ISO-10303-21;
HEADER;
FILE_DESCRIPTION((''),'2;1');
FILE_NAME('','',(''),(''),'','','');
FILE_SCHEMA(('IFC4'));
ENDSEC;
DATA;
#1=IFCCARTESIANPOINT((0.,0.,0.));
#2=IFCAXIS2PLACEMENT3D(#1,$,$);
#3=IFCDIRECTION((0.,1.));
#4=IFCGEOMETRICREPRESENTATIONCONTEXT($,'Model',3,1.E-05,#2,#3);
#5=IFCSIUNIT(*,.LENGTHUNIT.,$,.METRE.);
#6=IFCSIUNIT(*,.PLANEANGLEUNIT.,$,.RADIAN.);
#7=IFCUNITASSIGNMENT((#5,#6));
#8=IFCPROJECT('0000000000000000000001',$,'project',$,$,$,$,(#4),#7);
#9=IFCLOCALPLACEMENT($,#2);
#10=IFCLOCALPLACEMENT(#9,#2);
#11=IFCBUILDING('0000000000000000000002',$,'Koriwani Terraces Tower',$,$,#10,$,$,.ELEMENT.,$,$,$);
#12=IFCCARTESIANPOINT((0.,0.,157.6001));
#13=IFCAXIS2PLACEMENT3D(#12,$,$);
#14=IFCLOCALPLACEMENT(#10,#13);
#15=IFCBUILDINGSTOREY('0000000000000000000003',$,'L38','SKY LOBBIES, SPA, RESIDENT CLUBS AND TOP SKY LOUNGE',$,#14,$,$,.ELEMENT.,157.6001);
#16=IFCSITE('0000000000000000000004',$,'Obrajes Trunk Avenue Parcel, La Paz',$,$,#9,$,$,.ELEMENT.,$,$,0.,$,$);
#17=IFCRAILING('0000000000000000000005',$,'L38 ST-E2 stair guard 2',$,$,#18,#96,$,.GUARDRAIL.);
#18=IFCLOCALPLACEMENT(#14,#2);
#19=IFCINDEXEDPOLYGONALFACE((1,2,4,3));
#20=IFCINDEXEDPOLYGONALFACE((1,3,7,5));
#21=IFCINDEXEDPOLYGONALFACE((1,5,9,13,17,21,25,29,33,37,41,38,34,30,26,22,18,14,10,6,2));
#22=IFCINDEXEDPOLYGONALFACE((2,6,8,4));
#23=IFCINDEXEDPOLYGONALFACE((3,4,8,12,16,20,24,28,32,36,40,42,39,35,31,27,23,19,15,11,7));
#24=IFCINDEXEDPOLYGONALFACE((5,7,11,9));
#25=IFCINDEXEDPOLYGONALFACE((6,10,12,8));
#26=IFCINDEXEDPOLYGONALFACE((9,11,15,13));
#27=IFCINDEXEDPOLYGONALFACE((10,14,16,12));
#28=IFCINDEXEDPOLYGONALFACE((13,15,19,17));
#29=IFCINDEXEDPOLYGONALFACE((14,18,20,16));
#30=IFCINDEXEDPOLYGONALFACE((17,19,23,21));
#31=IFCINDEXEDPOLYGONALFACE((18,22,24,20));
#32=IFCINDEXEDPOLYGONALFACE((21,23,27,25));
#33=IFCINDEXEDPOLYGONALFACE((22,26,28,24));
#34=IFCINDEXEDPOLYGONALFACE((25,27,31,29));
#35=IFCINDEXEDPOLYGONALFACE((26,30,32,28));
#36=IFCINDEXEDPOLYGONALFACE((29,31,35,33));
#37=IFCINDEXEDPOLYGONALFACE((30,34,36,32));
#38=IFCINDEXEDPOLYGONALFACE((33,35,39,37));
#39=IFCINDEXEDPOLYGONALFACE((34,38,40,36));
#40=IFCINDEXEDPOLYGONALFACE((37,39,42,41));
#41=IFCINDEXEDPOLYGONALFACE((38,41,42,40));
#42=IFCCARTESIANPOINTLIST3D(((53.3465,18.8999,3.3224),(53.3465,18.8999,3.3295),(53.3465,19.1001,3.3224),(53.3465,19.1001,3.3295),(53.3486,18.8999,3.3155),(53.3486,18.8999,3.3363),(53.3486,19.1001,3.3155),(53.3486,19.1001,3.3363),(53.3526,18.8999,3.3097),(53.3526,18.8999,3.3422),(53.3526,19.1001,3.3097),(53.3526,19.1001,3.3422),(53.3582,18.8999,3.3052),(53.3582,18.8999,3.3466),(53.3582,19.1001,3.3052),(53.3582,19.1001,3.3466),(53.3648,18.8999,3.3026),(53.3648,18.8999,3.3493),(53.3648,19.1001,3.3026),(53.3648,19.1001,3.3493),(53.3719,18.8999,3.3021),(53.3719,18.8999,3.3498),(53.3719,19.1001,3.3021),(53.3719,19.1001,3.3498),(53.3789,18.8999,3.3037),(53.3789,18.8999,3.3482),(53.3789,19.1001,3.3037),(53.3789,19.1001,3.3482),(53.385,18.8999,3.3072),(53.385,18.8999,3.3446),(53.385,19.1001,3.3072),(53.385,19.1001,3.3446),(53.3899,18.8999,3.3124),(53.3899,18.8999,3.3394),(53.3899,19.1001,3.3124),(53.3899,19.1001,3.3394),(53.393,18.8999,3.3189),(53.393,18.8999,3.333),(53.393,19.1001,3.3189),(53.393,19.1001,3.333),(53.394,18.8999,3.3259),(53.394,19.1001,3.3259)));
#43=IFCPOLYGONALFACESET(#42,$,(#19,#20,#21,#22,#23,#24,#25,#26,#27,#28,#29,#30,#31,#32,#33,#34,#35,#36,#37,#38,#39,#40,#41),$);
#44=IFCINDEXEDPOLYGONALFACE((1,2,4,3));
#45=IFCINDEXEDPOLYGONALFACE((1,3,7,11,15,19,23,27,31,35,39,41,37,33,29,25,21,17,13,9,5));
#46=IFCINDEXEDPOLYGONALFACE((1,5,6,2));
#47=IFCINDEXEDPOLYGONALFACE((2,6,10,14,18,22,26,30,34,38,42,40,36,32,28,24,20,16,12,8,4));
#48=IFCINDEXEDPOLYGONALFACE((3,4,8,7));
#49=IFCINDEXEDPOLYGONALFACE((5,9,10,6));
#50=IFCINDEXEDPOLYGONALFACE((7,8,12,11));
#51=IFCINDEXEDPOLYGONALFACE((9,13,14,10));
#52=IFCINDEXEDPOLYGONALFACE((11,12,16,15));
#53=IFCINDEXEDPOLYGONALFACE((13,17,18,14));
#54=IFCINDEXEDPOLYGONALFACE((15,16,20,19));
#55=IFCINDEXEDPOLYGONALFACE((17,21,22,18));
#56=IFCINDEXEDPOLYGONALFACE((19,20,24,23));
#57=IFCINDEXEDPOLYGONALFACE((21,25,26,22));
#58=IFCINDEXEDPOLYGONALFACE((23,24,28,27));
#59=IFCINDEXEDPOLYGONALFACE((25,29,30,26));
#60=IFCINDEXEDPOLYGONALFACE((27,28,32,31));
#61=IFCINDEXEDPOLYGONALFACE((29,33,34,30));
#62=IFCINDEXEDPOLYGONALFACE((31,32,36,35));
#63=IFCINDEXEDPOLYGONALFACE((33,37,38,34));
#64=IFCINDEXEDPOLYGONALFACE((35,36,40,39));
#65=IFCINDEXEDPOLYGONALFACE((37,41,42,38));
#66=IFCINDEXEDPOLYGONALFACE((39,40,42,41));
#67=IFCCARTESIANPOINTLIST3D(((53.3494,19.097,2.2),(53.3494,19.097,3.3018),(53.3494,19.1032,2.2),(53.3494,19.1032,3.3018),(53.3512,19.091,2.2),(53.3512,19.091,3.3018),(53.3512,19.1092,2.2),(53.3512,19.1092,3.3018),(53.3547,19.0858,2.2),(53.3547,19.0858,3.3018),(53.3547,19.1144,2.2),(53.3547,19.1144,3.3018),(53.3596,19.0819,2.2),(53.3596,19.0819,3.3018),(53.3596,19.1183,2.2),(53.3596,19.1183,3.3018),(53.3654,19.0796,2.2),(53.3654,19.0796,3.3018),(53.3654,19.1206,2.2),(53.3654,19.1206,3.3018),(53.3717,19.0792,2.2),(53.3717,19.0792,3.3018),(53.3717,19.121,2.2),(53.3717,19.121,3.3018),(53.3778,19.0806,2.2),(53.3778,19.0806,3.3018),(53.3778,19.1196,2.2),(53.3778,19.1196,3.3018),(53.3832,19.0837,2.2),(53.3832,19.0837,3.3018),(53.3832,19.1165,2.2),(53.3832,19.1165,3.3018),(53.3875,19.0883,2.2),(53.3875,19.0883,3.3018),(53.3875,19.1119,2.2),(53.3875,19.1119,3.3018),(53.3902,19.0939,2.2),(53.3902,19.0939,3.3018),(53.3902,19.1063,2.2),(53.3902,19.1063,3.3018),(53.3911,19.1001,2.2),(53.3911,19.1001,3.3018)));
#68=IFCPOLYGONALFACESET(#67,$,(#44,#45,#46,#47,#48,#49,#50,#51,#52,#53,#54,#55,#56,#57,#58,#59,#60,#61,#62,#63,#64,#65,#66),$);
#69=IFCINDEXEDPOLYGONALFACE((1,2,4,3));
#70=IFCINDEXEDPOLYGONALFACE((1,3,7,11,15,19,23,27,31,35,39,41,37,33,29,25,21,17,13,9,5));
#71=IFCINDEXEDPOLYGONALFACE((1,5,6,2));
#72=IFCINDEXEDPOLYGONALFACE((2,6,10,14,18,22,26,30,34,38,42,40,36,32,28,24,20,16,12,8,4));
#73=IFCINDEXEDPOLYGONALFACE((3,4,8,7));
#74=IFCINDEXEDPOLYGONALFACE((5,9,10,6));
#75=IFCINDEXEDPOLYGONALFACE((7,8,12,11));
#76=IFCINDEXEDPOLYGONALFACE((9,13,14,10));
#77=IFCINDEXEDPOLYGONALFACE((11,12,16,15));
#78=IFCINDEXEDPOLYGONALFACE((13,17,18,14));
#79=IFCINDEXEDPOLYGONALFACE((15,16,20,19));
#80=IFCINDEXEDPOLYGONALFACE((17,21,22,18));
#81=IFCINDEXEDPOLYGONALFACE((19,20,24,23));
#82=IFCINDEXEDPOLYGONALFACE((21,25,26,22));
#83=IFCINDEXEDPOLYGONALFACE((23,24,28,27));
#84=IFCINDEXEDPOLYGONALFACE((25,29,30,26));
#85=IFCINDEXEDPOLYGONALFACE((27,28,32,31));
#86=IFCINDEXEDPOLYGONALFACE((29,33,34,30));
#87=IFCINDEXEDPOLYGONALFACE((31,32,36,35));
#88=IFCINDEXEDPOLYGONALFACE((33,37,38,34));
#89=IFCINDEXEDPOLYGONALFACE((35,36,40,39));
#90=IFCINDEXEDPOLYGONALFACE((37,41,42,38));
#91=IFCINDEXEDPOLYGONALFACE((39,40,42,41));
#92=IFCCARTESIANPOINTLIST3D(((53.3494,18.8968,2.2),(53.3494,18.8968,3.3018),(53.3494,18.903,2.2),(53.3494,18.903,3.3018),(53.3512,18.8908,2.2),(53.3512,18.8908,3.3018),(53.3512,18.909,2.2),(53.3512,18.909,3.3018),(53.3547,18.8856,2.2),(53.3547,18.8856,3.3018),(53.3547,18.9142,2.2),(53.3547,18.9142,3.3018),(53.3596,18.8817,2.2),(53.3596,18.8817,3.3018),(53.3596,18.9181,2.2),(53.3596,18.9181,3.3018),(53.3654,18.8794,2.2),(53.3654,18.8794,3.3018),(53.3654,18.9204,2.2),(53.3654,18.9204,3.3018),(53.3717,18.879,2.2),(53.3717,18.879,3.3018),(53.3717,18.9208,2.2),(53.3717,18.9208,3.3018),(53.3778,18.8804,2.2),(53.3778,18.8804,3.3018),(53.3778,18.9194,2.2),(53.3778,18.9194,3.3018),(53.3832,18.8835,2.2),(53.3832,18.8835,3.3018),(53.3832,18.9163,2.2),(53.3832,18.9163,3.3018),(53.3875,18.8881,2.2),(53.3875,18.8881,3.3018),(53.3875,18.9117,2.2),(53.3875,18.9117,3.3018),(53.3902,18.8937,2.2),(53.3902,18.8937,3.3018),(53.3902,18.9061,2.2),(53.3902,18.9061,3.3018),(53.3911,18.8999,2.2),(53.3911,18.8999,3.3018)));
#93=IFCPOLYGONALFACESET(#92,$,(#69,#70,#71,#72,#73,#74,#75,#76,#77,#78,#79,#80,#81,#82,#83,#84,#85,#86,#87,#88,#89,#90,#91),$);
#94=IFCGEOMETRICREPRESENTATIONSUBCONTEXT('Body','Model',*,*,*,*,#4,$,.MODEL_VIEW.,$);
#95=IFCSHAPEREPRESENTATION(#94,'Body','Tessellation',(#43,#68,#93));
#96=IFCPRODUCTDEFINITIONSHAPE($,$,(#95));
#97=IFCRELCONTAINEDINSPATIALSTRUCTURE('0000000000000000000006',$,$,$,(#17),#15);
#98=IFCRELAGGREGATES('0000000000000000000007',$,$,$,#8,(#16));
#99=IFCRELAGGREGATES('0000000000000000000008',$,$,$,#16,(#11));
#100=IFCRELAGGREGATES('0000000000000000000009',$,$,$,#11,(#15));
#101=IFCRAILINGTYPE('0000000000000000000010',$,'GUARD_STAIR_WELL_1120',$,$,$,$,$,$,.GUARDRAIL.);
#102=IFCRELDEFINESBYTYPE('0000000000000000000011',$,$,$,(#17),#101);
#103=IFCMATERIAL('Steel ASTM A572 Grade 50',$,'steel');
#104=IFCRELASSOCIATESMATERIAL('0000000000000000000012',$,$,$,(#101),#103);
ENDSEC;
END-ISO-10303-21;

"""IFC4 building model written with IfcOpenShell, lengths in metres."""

from ifc_helpers import new_model, si_unit, direction, frame, origin, origin_2d, place, context, subcontext, project, spatial, circle, extrude, material, type_object, element, save


model = new_model("IFC4")

# Units and contexts
model_context = context("Model", 3, precision=1e-05, world=origin(), true_north=direction((0.0, 1.0)))
body_context = subcontext(model_context, "Body", "Model", "MODEL_VIEW")
ifc_project = project(units=[si_unit("LENGTHUNIT", "METRE"), si_unit("PLANEANGLEUNIT", "RADIAN")], contexts=[model_context])

# Site, building, storey
site_placement = place(None, origin())
site = spatial("IfcSite", under=ifc_project, at=site_placement, Name="Obrajes Trunk Avenue Parcel, La Paz", CompositionType="ELEMENT", RefElevation=0.0)
building_placement = place(site_placement, origin())
building = spatial("IfcBuilding", under=site, at=building_placement, Name="Koriwani Terraces Tower", CompositionType="ELEMENT")
storey_placement = place(building_placement, frame((0.0, 0.0, 157.6001)))
storey = spatial("IfcBuildingStorey", under=building, at=storey_placement, Name="L38", Description="SKY LOBBIES, SPA, RESIDENT CLUBS AND TOP SKY LOUNGE", CompositionType="ELEMENT", Elevation=157.6001)

# Shared definitions
ifc_material_1 = material(Name="Steel ASTM A572 Grade 50", Category="steel")

# Railing
railing_type_1 = type_object("IfcRailingType", Name="GUARD_STAIR_WELL_1120", PredefinedType="GUARDRAIL", material=ifc_material_1)
railing_1_placement = place(storey_placement, frame((53.3701, 19.1001, 2.2)))
element("IfcRailing", 1, at=railing_1_placement, inside=storey, type_object=railing_type_1, Name="L38 ST-E2 stair guard 2", PredefinedType="GUARDRAIL", context=body_context, shape_type="SweptSolid", body=[
    extrude(circle(Radius=0.0239, at=origin_2d()), frame((0.0, 0.0, 1.126), z_axis=(0.0, -1.0, 0.0), x_axis=(1.0, 0.0, 0.0)), (0.0, 0.0, 1.0), 0.2002),
    extrude(circle(Radius=0.021, at=origin_2d()), origin(), (0.0, 0.0, 1.0), 1.1018),
    extrude(circle(Radius=0.021, at=origin_2d()), frame((0.0, -0.2002, 0.0)), (0.0, 0.0, 1.0), 1.1018),
])

save(model, "model.ifc")
